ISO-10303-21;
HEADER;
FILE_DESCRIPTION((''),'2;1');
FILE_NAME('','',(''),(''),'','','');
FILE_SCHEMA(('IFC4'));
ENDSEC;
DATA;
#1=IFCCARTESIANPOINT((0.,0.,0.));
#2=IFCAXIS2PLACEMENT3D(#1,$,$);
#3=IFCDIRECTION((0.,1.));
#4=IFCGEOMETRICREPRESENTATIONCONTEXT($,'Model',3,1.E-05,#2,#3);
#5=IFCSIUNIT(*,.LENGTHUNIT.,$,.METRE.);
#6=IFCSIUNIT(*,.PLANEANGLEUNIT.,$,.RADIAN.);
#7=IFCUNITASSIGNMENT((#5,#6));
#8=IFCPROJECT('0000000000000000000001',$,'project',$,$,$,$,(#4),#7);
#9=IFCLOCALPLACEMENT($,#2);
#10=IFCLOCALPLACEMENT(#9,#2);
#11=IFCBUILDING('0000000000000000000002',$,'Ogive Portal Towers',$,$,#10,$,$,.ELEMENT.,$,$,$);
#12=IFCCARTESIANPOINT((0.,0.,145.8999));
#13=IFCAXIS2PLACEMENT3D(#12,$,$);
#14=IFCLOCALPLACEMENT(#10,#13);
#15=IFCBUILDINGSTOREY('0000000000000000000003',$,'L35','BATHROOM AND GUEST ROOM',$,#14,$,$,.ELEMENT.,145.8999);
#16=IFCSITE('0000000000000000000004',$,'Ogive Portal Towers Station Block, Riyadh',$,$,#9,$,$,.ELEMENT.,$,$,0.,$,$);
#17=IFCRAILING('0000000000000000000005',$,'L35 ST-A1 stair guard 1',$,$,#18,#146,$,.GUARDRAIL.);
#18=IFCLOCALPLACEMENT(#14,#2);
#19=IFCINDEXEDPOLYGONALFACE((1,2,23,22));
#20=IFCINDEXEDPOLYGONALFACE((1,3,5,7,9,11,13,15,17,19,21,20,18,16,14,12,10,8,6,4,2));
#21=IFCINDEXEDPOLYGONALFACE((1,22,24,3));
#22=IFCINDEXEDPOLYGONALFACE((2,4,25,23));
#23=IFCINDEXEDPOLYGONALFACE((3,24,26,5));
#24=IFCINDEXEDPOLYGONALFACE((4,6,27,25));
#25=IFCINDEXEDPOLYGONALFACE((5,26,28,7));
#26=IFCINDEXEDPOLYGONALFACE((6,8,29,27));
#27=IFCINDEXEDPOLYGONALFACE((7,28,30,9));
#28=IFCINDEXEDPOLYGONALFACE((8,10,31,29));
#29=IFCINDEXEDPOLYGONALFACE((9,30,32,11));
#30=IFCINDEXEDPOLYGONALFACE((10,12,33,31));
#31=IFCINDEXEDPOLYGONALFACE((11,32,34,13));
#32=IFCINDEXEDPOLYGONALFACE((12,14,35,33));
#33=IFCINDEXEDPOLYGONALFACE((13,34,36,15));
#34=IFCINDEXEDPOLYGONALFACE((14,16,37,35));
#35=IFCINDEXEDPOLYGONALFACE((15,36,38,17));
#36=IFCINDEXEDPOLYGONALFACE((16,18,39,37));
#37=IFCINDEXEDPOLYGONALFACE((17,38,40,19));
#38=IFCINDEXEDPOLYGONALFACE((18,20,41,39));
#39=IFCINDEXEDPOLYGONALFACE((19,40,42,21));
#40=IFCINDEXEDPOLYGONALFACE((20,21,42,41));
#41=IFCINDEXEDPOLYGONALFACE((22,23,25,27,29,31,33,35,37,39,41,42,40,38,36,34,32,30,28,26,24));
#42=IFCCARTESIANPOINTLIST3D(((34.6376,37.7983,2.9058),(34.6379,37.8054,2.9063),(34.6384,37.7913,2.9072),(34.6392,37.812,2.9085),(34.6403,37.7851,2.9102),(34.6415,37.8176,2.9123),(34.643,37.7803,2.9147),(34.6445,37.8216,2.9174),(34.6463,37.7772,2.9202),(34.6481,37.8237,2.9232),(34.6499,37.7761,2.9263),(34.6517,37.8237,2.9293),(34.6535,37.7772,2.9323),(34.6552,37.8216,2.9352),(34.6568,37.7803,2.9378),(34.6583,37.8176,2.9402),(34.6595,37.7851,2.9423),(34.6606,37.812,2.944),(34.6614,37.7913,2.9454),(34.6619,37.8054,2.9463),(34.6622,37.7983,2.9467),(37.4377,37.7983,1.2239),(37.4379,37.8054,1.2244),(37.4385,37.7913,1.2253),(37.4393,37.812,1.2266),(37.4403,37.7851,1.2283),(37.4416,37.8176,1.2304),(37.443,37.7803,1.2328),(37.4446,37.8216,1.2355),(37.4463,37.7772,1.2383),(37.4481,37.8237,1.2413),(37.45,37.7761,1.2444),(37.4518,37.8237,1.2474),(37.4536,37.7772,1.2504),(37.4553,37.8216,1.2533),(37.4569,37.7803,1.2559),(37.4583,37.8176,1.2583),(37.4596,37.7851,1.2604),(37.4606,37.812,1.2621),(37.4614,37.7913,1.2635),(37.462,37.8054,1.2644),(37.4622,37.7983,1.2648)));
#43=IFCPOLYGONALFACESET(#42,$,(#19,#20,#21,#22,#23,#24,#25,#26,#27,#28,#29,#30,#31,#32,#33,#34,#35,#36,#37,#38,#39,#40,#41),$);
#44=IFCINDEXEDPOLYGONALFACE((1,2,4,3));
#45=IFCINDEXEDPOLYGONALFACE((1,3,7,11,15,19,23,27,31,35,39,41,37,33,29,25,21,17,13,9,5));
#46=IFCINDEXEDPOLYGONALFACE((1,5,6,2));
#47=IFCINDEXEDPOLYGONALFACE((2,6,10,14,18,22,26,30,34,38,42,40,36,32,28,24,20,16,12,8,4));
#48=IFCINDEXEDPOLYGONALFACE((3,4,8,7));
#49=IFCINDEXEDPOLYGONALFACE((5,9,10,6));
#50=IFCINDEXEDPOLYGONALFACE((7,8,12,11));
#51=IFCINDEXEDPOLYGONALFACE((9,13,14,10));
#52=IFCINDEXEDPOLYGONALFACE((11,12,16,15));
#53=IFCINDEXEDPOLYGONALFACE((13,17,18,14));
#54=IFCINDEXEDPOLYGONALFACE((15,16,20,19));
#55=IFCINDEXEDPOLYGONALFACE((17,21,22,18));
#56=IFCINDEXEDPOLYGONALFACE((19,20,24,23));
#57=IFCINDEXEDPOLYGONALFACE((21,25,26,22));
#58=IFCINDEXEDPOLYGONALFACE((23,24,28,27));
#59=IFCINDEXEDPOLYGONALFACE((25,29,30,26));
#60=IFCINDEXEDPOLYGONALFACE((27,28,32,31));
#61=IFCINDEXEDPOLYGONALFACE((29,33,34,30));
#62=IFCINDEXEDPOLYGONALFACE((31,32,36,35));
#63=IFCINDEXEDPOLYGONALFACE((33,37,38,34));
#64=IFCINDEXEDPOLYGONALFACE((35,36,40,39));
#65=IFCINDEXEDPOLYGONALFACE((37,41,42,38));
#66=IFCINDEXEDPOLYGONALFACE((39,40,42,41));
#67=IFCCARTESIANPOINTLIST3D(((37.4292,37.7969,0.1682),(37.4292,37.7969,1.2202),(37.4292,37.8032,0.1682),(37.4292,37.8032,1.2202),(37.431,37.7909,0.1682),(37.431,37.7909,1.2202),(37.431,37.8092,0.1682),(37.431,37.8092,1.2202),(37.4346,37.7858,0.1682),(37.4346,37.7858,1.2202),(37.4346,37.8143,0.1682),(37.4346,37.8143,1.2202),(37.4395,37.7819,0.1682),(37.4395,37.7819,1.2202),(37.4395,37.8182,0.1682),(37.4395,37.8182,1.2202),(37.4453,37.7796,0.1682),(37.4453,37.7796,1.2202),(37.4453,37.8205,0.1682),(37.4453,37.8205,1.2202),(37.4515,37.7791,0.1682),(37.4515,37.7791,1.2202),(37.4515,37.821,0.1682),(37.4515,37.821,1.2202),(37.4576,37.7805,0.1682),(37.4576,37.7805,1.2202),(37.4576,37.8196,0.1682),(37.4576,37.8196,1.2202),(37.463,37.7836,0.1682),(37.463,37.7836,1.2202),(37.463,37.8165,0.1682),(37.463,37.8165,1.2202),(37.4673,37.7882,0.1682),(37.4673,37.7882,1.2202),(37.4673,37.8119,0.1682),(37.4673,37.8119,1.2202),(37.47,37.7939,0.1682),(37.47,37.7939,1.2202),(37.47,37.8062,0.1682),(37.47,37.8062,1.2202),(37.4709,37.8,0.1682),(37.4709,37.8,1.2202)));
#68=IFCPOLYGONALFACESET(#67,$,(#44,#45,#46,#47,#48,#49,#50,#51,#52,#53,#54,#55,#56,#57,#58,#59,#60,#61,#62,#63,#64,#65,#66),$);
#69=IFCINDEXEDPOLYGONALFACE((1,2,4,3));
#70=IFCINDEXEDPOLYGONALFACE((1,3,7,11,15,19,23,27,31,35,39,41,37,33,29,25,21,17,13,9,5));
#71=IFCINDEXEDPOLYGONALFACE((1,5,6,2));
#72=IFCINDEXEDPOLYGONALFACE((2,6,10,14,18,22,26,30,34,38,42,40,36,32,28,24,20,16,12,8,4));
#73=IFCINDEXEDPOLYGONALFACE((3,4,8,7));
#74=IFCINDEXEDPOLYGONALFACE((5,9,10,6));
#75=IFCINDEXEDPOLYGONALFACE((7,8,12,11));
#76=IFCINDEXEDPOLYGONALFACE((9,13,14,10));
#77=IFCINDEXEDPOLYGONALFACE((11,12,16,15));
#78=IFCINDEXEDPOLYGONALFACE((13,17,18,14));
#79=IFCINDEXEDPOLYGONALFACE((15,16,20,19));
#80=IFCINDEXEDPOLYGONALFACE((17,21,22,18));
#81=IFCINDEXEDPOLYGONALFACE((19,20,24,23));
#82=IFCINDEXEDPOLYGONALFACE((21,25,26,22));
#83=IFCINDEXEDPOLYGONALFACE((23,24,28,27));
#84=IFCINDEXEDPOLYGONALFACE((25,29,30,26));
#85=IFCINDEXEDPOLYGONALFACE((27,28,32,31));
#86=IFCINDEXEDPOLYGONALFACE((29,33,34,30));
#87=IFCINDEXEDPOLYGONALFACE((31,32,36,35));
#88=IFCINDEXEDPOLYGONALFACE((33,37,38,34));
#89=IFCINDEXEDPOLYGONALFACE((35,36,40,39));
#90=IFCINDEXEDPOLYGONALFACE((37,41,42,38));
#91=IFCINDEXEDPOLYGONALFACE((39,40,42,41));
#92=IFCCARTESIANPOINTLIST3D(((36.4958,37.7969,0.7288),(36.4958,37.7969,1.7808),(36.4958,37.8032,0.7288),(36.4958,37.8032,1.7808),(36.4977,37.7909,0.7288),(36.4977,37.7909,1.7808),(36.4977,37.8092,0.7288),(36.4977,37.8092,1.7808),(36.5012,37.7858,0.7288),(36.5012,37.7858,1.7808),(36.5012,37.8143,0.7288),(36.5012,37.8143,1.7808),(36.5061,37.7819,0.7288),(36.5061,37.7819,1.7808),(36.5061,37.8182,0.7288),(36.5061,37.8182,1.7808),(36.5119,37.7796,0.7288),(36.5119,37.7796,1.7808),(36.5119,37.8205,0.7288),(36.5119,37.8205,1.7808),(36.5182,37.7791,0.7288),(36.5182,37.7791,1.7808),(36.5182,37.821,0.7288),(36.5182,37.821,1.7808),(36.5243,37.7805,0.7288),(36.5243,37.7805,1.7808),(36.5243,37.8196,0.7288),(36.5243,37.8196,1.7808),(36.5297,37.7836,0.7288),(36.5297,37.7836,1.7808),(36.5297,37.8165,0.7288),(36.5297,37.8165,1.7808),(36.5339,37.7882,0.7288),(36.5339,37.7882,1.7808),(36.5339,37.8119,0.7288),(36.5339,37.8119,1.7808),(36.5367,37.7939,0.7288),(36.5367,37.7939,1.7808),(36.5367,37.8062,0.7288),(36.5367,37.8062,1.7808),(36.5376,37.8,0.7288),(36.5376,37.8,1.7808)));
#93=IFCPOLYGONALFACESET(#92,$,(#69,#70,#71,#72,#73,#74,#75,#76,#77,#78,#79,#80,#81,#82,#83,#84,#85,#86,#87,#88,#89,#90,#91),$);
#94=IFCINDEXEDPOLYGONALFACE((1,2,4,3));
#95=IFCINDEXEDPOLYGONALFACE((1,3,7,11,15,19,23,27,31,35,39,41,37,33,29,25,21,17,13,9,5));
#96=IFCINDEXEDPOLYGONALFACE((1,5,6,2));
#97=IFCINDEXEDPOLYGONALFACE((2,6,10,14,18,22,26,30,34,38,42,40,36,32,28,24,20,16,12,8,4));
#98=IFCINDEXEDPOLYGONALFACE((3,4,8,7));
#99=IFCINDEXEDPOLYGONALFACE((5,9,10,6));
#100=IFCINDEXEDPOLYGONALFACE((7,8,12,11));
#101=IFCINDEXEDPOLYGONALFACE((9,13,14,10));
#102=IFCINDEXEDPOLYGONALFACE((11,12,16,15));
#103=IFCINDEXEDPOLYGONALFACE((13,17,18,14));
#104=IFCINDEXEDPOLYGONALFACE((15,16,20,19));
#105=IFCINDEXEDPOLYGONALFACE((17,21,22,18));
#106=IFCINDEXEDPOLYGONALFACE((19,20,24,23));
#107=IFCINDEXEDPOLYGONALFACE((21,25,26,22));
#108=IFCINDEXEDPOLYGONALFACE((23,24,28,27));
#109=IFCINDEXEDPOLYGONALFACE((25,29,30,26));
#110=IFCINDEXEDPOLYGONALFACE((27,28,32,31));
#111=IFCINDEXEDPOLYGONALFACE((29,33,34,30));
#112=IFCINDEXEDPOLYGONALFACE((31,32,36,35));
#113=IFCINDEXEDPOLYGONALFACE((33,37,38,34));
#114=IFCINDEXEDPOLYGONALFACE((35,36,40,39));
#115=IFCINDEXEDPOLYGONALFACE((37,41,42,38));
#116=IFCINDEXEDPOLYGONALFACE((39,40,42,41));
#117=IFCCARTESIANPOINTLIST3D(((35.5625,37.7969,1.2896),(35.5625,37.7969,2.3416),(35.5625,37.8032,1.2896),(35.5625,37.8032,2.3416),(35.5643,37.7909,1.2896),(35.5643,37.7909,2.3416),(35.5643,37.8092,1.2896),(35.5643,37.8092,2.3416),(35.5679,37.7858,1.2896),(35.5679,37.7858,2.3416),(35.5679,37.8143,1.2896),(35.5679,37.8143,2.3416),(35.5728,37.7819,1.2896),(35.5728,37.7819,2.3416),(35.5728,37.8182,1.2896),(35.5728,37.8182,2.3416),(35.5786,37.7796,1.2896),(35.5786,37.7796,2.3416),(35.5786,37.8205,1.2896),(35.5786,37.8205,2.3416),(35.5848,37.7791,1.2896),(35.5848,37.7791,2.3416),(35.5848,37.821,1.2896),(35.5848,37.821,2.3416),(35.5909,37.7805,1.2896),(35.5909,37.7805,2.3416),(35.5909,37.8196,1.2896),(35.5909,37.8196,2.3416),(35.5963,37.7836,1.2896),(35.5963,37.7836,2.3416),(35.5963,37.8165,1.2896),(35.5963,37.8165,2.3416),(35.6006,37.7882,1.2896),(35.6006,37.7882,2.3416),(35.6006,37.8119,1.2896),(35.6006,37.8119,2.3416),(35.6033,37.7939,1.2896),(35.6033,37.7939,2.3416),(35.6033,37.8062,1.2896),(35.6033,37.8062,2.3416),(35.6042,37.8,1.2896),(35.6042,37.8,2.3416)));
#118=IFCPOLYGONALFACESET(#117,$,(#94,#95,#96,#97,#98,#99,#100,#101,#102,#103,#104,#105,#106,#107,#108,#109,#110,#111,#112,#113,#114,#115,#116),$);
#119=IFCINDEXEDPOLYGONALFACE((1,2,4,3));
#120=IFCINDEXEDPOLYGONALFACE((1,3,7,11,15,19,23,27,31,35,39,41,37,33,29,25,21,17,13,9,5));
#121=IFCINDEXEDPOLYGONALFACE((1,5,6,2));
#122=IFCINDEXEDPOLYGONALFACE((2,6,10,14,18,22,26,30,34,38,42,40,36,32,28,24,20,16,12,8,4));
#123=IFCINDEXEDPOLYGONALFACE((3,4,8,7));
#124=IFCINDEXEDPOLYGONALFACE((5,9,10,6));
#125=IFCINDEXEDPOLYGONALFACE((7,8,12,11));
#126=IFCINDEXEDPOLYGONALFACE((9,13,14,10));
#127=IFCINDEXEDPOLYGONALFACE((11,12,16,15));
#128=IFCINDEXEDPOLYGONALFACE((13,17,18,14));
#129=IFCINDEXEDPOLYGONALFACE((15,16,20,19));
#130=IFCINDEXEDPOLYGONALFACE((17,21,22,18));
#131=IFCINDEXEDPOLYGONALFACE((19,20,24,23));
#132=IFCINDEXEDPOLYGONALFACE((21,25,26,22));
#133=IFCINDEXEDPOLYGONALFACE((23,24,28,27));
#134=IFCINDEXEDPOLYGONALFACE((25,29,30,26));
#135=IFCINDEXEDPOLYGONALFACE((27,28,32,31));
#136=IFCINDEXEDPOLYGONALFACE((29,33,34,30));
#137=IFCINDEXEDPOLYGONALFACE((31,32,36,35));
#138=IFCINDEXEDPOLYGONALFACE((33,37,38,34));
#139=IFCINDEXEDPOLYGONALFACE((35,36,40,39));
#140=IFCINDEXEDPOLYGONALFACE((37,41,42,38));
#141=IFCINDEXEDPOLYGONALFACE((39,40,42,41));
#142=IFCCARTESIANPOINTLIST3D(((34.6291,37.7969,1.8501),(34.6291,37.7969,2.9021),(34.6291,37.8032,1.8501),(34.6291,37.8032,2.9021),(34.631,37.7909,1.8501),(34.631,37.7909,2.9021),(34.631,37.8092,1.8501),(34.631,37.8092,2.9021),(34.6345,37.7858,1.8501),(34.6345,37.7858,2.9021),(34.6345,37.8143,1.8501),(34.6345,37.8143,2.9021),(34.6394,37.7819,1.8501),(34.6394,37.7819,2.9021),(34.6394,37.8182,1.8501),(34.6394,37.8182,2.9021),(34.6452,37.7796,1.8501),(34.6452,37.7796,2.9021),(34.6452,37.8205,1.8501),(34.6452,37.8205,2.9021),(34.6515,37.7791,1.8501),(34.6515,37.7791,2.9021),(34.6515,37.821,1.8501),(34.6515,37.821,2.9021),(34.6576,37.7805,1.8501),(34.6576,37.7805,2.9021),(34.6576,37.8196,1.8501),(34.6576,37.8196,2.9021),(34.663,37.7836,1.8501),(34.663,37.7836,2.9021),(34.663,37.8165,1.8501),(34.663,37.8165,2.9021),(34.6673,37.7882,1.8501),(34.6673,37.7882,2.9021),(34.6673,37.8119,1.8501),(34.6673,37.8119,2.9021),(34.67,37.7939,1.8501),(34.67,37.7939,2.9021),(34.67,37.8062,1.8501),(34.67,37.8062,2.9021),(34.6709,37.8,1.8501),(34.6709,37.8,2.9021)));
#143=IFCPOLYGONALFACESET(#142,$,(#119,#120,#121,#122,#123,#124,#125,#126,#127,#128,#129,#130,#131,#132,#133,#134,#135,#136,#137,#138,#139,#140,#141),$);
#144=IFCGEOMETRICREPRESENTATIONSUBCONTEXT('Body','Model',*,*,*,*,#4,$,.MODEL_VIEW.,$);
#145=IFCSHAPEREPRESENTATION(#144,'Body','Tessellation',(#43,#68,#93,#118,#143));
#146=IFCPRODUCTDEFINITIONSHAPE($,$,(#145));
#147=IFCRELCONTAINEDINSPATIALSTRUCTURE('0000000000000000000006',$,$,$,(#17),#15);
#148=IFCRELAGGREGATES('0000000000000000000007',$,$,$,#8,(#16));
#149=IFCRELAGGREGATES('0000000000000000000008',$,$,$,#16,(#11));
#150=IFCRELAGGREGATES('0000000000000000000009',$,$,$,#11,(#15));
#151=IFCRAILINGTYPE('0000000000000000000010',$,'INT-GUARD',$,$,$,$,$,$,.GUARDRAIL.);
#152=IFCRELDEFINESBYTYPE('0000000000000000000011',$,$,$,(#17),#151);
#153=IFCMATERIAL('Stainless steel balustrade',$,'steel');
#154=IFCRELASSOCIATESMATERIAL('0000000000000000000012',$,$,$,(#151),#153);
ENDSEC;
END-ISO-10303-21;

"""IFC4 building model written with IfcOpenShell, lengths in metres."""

from ifc_helpers import new_model, si_unit, direction, frame, origin, origin_2d, place, context, subcontext, project, spatial, circle, extrude, material, type_object, element, save


model = new_model("IFC4")

# Units and contexts
model_context = context("Model", 3, precision=1e-05, world=origin(), true_north=direction((0.0, 1.0)))
body_context = subcontext(model_context, "Body", "Model", "MODEL_VIEW")
ifc_project = project(units=[si_unit("LENGTHUNIT", "METRE"), si_unit("PLANEANGLEUNIT", "RADIAN")], contexts=[model_context])

# Site, building, storey
site_placement = place(None, origin())
site = spatial("IfcSite", under=ifc_project, at=site_placement, Name="Ogive Portal Towers Station Block, Riyadh", CompositionType="ELEMENT", RefElevation=0.0)
building_placement = place(site_placement, origin())
building = spatial("IfcBuilding", under=site, at=building_placement, Name="Ogive Portal Towers", CompositionType="ELEMENT")
storey_placement = place(building_placement, frame((0.0, 0.0, 145.8999)))
storey = spatial("IfcBuildingStorey", under=building, at=storey_placement, Name="L35", Description="BATHROOM AND GUEST ROOM", CompositionType="ELEMENT", Elevation=145.8999)

# Railing
ifc_material_1 = material(Name="Stainless steel balustrade", Category="steel")
railing_type_1 = type_object("IfcRailingType", Name="INT-GUARD", PredefinedType="GUARDRAIL", material=ifc_material_1)
railing_1_placement = place(storey_placement, frame((37.45, 37.8, 0.1682)))
element("IfcRailing", 1, at=railing_1_placement, inside=storey, type_object=railing_type_1, Name="L35 ST-A1 stair guard 1", PredefinedType="GUARDRAIL", context=body_context, shape_type="SweptSolid", body=[
    extrude(circle(Radius=0.0239, at=origin_2d()), frame((0.0, 0.0, 1.0762), z_axis=(-0.857242, 0.0, 0.514913), x_axis=(0.0, -1.0, 0.0)), (0.0, 0.0, 1.0), 3.2664),
    extrude(circle(Radius=0.021, at=origin_2d()), origin(), (0.0, 0.0, 1.0), 1.052),
    extrude(circle(Radius=0.021, at=origin_2d()), frame((-0.9333, 0.0, 0.5605)), (0.0, 0.0, 1.0), 1.052),
    extrude(circle(Radius=0.021, at=origin_2d()), frame((-1.8667, 0.0, 1.1213)), (0.0, 0.0, 1.0), 1.052),
    extrude(circle(Radius=0.021, at=origin_2d()), frame((-2.8, 0.0, 1.6819)), (0.0, 0.0, 1.0), 1.052),
])

save(model, "model.ifc")
